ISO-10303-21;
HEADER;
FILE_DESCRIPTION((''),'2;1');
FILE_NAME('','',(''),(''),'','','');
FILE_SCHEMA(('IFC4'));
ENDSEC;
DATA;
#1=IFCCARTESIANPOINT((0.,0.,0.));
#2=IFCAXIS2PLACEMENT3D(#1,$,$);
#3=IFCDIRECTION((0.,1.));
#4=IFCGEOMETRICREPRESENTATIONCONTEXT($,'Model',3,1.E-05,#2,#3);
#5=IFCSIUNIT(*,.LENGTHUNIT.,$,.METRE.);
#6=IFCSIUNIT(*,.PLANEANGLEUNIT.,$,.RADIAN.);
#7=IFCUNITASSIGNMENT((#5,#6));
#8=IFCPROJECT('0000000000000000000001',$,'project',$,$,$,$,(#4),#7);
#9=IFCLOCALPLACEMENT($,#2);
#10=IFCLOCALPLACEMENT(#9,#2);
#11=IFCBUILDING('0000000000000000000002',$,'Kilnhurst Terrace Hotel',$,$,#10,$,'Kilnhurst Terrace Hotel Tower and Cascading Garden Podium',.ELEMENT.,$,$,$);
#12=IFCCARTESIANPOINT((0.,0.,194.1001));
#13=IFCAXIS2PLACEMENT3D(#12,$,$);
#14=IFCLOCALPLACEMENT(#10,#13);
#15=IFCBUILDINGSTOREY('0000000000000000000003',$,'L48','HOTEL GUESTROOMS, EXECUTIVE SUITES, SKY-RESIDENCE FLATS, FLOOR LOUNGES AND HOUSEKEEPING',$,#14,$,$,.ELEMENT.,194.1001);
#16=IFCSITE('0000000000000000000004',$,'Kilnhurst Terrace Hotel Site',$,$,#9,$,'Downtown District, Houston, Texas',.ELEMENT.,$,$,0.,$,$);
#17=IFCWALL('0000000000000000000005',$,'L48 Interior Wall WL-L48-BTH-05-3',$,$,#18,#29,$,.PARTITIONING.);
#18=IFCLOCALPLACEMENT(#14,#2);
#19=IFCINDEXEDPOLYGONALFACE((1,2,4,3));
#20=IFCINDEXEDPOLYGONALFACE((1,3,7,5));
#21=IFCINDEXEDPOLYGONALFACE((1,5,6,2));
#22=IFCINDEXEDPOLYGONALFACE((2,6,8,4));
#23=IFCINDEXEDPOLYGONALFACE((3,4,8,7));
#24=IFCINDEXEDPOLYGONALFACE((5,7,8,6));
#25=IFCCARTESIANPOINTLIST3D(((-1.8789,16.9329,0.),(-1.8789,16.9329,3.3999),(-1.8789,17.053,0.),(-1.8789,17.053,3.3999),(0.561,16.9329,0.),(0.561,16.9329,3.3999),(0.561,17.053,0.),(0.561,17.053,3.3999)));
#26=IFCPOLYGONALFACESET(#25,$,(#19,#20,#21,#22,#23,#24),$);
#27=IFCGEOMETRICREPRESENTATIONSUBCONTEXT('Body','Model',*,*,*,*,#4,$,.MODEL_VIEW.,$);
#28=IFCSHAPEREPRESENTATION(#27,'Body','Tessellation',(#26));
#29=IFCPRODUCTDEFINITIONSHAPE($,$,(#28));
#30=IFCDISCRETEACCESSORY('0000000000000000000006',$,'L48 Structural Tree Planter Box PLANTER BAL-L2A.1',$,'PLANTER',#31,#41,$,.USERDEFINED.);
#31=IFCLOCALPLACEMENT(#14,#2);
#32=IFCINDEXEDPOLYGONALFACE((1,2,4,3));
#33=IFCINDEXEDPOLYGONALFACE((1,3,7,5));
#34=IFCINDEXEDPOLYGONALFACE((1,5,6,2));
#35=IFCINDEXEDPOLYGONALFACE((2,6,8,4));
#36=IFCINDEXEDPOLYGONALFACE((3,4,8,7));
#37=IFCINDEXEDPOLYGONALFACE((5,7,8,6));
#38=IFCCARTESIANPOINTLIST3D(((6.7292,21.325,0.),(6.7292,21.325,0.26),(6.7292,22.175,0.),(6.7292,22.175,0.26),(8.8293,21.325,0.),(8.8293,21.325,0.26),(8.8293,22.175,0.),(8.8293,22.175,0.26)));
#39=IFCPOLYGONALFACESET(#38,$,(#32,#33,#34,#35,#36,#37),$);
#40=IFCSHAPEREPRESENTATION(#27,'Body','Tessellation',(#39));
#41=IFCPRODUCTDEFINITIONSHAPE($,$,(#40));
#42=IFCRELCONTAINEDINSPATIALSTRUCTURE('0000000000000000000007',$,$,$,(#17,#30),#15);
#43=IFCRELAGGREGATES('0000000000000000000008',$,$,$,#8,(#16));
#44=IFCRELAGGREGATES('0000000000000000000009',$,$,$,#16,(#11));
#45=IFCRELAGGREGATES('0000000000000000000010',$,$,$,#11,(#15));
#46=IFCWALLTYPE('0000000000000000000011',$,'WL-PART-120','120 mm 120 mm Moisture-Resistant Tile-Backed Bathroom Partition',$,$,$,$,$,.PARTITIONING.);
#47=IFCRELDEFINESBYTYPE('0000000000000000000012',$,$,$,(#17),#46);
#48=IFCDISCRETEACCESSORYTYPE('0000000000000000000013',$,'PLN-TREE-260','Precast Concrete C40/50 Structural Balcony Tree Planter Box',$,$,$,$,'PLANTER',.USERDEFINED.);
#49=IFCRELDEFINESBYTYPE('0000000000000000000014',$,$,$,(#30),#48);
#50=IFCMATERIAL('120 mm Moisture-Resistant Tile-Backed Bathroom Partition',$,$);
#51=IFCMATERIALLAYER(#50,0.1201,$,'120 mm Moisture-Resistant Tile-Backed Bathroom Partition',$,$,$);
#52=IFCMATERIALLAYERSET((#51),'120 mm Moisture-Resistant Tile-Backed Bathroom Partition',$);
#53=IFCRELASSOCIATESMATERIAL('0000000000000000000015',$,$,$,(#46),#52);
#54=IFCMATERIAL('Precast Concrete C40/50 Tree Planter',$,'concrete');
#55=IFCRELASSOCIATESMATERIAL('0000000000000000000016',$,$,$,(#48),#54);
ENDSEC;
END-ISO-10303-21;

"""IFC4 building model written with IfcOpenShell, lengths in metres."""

from ifc_helpers import new_model, si_unit, direction, frame, frame_2d, origin, origin_2d, place, context, subcontext, project, spatial, rectangle, extrude, material, layer, layer_set, type_object, element, save


model = new_model("IFC4")

# Units and contexts
model_context = context("Model", 3, precision=1e-05, world=origin(), true_north=direction((0.0, 1.0)))
body_context = subcontext(model_context, "Body", "Model", "MODEL_VIEW")
ifc_project = project(units=[si_unit("LENGTHUNIT", "METRE"), si_unit("PLANEANGLEUNIT", "RADIAN")], contexts=[model_context])

# Site, building, storey
site_placement = place(None, origin())
site = spatial("IfcSite", under=ifc_project, at=site_placement, Name="Kilnhurst Terrace Hotel Site", LongName="Downtown District, Houston, Texas", CompositionType="ELEMENT", RefElevation=0.0)
building_placement = place(site_placement, origin())
building = spatial("IfcBuilding", under=site, at=building_placement, Name="Kilnhurst Terrace Hotel", LongName="Kilnhurst Terrace Hotel Tower and Cascading Garden Podium", CompositionType="ELEMENT")
storey_placement = place(building_placement, frame((0.0, 0.0, 194.1001)))
storey = spatial("IfcBuildingStorey", under=building, at=storey_placement, Name="L48", Description="HOTEL GUESTROOMS, EXECUTIVE SUITES, SKY-RESIDENCE FLATS, FLOOR LOUNGES AND HOUSEKEEPING", CompositionType="ELEMENT", Elevation=194.1001)

# Shared definitions
ifc_material_1 = material(Name="120 mm Moisture-Resistant Tile-Backed Bathroom Partition")
ifc_layer_1 = layer(ifc_material_1, 0.1201, Name="120 mm Moisture-Resistant Tile-Backed Bathroom Partition")
ifc_layer_set_1 = layer_set([ifc_layer_1], Name="120 mm Moisture-Resistant Tile-Backed Bathroom Partition")
wall_type_1 = type_object("IfcWallType", Name="WL-PART-120", Description="120 mm 120 mm Moisture-Resistant Tile-Backed Bathroom Partition", PredefinedType="PARTITIONING", material=ifc_layer_set_1)

# Wall
wall_1_placement = place(storey_placement, frame((0.561, 16.9929, 0.0), z_axis=(0.0, 0.0, 1.0), x_axis=(-1.0, 0.0, 0.0)))
element("IfcWall", 1, at=wall_1_placement, inside=storey, type_object=wall_type_1, Name="L48 Interior Wall WL-L48-BTH-05-3", PredefinedType="PARTITIONING", context=body_context, shape_type="SweptSolid", body=[
    extrude(rectangle(XDim=2.4399, YDim=0.1201, at=frame_2d((1.22, 0.0))), origin(), (0.0, 0.0, 1.0), 3.3999),
])

# Discrete accessory
ifc_material_2 = material(Name="Precast Concrete C40/50 Tree Planter", Category="concrete")
discrete_accessory_type = type_object("IfcDiscreteAccessoryType", Name="PLN-TREE-260", Description="Precast Concrete C40/50 Structural Balcony Tree Planter Box", ElementType="PLANTER", PredefinedType="USERDEFINED", material=ifc_material_2)
discrete_accessory_placement = place(storey_placement, frame((7.7793, 21.75, 0.0), z_axis=(0.0, 0.0, 1.0), x_axis=(-1.0, 0.0, 0.0)))
element("IfcDiscreteAccessory", 2, at=discrete_accessory_placement, inside=storey, type_object=discrete_accessory_type, Name="L48 Structural Tree Planter Box PLANTER BAL-L2A.1", ObjectType="PLANTER", PredefinedType="USERDEFINED", context=body_context, shape_type="SweptSolid", body=[
    extrude(rectangle(XDim=2.1001, YDim=0.8501, at=origin_2d()), origin(), (0.0, 0.0, 1.0), 0.26),
])

save(model, "model.ifc")
